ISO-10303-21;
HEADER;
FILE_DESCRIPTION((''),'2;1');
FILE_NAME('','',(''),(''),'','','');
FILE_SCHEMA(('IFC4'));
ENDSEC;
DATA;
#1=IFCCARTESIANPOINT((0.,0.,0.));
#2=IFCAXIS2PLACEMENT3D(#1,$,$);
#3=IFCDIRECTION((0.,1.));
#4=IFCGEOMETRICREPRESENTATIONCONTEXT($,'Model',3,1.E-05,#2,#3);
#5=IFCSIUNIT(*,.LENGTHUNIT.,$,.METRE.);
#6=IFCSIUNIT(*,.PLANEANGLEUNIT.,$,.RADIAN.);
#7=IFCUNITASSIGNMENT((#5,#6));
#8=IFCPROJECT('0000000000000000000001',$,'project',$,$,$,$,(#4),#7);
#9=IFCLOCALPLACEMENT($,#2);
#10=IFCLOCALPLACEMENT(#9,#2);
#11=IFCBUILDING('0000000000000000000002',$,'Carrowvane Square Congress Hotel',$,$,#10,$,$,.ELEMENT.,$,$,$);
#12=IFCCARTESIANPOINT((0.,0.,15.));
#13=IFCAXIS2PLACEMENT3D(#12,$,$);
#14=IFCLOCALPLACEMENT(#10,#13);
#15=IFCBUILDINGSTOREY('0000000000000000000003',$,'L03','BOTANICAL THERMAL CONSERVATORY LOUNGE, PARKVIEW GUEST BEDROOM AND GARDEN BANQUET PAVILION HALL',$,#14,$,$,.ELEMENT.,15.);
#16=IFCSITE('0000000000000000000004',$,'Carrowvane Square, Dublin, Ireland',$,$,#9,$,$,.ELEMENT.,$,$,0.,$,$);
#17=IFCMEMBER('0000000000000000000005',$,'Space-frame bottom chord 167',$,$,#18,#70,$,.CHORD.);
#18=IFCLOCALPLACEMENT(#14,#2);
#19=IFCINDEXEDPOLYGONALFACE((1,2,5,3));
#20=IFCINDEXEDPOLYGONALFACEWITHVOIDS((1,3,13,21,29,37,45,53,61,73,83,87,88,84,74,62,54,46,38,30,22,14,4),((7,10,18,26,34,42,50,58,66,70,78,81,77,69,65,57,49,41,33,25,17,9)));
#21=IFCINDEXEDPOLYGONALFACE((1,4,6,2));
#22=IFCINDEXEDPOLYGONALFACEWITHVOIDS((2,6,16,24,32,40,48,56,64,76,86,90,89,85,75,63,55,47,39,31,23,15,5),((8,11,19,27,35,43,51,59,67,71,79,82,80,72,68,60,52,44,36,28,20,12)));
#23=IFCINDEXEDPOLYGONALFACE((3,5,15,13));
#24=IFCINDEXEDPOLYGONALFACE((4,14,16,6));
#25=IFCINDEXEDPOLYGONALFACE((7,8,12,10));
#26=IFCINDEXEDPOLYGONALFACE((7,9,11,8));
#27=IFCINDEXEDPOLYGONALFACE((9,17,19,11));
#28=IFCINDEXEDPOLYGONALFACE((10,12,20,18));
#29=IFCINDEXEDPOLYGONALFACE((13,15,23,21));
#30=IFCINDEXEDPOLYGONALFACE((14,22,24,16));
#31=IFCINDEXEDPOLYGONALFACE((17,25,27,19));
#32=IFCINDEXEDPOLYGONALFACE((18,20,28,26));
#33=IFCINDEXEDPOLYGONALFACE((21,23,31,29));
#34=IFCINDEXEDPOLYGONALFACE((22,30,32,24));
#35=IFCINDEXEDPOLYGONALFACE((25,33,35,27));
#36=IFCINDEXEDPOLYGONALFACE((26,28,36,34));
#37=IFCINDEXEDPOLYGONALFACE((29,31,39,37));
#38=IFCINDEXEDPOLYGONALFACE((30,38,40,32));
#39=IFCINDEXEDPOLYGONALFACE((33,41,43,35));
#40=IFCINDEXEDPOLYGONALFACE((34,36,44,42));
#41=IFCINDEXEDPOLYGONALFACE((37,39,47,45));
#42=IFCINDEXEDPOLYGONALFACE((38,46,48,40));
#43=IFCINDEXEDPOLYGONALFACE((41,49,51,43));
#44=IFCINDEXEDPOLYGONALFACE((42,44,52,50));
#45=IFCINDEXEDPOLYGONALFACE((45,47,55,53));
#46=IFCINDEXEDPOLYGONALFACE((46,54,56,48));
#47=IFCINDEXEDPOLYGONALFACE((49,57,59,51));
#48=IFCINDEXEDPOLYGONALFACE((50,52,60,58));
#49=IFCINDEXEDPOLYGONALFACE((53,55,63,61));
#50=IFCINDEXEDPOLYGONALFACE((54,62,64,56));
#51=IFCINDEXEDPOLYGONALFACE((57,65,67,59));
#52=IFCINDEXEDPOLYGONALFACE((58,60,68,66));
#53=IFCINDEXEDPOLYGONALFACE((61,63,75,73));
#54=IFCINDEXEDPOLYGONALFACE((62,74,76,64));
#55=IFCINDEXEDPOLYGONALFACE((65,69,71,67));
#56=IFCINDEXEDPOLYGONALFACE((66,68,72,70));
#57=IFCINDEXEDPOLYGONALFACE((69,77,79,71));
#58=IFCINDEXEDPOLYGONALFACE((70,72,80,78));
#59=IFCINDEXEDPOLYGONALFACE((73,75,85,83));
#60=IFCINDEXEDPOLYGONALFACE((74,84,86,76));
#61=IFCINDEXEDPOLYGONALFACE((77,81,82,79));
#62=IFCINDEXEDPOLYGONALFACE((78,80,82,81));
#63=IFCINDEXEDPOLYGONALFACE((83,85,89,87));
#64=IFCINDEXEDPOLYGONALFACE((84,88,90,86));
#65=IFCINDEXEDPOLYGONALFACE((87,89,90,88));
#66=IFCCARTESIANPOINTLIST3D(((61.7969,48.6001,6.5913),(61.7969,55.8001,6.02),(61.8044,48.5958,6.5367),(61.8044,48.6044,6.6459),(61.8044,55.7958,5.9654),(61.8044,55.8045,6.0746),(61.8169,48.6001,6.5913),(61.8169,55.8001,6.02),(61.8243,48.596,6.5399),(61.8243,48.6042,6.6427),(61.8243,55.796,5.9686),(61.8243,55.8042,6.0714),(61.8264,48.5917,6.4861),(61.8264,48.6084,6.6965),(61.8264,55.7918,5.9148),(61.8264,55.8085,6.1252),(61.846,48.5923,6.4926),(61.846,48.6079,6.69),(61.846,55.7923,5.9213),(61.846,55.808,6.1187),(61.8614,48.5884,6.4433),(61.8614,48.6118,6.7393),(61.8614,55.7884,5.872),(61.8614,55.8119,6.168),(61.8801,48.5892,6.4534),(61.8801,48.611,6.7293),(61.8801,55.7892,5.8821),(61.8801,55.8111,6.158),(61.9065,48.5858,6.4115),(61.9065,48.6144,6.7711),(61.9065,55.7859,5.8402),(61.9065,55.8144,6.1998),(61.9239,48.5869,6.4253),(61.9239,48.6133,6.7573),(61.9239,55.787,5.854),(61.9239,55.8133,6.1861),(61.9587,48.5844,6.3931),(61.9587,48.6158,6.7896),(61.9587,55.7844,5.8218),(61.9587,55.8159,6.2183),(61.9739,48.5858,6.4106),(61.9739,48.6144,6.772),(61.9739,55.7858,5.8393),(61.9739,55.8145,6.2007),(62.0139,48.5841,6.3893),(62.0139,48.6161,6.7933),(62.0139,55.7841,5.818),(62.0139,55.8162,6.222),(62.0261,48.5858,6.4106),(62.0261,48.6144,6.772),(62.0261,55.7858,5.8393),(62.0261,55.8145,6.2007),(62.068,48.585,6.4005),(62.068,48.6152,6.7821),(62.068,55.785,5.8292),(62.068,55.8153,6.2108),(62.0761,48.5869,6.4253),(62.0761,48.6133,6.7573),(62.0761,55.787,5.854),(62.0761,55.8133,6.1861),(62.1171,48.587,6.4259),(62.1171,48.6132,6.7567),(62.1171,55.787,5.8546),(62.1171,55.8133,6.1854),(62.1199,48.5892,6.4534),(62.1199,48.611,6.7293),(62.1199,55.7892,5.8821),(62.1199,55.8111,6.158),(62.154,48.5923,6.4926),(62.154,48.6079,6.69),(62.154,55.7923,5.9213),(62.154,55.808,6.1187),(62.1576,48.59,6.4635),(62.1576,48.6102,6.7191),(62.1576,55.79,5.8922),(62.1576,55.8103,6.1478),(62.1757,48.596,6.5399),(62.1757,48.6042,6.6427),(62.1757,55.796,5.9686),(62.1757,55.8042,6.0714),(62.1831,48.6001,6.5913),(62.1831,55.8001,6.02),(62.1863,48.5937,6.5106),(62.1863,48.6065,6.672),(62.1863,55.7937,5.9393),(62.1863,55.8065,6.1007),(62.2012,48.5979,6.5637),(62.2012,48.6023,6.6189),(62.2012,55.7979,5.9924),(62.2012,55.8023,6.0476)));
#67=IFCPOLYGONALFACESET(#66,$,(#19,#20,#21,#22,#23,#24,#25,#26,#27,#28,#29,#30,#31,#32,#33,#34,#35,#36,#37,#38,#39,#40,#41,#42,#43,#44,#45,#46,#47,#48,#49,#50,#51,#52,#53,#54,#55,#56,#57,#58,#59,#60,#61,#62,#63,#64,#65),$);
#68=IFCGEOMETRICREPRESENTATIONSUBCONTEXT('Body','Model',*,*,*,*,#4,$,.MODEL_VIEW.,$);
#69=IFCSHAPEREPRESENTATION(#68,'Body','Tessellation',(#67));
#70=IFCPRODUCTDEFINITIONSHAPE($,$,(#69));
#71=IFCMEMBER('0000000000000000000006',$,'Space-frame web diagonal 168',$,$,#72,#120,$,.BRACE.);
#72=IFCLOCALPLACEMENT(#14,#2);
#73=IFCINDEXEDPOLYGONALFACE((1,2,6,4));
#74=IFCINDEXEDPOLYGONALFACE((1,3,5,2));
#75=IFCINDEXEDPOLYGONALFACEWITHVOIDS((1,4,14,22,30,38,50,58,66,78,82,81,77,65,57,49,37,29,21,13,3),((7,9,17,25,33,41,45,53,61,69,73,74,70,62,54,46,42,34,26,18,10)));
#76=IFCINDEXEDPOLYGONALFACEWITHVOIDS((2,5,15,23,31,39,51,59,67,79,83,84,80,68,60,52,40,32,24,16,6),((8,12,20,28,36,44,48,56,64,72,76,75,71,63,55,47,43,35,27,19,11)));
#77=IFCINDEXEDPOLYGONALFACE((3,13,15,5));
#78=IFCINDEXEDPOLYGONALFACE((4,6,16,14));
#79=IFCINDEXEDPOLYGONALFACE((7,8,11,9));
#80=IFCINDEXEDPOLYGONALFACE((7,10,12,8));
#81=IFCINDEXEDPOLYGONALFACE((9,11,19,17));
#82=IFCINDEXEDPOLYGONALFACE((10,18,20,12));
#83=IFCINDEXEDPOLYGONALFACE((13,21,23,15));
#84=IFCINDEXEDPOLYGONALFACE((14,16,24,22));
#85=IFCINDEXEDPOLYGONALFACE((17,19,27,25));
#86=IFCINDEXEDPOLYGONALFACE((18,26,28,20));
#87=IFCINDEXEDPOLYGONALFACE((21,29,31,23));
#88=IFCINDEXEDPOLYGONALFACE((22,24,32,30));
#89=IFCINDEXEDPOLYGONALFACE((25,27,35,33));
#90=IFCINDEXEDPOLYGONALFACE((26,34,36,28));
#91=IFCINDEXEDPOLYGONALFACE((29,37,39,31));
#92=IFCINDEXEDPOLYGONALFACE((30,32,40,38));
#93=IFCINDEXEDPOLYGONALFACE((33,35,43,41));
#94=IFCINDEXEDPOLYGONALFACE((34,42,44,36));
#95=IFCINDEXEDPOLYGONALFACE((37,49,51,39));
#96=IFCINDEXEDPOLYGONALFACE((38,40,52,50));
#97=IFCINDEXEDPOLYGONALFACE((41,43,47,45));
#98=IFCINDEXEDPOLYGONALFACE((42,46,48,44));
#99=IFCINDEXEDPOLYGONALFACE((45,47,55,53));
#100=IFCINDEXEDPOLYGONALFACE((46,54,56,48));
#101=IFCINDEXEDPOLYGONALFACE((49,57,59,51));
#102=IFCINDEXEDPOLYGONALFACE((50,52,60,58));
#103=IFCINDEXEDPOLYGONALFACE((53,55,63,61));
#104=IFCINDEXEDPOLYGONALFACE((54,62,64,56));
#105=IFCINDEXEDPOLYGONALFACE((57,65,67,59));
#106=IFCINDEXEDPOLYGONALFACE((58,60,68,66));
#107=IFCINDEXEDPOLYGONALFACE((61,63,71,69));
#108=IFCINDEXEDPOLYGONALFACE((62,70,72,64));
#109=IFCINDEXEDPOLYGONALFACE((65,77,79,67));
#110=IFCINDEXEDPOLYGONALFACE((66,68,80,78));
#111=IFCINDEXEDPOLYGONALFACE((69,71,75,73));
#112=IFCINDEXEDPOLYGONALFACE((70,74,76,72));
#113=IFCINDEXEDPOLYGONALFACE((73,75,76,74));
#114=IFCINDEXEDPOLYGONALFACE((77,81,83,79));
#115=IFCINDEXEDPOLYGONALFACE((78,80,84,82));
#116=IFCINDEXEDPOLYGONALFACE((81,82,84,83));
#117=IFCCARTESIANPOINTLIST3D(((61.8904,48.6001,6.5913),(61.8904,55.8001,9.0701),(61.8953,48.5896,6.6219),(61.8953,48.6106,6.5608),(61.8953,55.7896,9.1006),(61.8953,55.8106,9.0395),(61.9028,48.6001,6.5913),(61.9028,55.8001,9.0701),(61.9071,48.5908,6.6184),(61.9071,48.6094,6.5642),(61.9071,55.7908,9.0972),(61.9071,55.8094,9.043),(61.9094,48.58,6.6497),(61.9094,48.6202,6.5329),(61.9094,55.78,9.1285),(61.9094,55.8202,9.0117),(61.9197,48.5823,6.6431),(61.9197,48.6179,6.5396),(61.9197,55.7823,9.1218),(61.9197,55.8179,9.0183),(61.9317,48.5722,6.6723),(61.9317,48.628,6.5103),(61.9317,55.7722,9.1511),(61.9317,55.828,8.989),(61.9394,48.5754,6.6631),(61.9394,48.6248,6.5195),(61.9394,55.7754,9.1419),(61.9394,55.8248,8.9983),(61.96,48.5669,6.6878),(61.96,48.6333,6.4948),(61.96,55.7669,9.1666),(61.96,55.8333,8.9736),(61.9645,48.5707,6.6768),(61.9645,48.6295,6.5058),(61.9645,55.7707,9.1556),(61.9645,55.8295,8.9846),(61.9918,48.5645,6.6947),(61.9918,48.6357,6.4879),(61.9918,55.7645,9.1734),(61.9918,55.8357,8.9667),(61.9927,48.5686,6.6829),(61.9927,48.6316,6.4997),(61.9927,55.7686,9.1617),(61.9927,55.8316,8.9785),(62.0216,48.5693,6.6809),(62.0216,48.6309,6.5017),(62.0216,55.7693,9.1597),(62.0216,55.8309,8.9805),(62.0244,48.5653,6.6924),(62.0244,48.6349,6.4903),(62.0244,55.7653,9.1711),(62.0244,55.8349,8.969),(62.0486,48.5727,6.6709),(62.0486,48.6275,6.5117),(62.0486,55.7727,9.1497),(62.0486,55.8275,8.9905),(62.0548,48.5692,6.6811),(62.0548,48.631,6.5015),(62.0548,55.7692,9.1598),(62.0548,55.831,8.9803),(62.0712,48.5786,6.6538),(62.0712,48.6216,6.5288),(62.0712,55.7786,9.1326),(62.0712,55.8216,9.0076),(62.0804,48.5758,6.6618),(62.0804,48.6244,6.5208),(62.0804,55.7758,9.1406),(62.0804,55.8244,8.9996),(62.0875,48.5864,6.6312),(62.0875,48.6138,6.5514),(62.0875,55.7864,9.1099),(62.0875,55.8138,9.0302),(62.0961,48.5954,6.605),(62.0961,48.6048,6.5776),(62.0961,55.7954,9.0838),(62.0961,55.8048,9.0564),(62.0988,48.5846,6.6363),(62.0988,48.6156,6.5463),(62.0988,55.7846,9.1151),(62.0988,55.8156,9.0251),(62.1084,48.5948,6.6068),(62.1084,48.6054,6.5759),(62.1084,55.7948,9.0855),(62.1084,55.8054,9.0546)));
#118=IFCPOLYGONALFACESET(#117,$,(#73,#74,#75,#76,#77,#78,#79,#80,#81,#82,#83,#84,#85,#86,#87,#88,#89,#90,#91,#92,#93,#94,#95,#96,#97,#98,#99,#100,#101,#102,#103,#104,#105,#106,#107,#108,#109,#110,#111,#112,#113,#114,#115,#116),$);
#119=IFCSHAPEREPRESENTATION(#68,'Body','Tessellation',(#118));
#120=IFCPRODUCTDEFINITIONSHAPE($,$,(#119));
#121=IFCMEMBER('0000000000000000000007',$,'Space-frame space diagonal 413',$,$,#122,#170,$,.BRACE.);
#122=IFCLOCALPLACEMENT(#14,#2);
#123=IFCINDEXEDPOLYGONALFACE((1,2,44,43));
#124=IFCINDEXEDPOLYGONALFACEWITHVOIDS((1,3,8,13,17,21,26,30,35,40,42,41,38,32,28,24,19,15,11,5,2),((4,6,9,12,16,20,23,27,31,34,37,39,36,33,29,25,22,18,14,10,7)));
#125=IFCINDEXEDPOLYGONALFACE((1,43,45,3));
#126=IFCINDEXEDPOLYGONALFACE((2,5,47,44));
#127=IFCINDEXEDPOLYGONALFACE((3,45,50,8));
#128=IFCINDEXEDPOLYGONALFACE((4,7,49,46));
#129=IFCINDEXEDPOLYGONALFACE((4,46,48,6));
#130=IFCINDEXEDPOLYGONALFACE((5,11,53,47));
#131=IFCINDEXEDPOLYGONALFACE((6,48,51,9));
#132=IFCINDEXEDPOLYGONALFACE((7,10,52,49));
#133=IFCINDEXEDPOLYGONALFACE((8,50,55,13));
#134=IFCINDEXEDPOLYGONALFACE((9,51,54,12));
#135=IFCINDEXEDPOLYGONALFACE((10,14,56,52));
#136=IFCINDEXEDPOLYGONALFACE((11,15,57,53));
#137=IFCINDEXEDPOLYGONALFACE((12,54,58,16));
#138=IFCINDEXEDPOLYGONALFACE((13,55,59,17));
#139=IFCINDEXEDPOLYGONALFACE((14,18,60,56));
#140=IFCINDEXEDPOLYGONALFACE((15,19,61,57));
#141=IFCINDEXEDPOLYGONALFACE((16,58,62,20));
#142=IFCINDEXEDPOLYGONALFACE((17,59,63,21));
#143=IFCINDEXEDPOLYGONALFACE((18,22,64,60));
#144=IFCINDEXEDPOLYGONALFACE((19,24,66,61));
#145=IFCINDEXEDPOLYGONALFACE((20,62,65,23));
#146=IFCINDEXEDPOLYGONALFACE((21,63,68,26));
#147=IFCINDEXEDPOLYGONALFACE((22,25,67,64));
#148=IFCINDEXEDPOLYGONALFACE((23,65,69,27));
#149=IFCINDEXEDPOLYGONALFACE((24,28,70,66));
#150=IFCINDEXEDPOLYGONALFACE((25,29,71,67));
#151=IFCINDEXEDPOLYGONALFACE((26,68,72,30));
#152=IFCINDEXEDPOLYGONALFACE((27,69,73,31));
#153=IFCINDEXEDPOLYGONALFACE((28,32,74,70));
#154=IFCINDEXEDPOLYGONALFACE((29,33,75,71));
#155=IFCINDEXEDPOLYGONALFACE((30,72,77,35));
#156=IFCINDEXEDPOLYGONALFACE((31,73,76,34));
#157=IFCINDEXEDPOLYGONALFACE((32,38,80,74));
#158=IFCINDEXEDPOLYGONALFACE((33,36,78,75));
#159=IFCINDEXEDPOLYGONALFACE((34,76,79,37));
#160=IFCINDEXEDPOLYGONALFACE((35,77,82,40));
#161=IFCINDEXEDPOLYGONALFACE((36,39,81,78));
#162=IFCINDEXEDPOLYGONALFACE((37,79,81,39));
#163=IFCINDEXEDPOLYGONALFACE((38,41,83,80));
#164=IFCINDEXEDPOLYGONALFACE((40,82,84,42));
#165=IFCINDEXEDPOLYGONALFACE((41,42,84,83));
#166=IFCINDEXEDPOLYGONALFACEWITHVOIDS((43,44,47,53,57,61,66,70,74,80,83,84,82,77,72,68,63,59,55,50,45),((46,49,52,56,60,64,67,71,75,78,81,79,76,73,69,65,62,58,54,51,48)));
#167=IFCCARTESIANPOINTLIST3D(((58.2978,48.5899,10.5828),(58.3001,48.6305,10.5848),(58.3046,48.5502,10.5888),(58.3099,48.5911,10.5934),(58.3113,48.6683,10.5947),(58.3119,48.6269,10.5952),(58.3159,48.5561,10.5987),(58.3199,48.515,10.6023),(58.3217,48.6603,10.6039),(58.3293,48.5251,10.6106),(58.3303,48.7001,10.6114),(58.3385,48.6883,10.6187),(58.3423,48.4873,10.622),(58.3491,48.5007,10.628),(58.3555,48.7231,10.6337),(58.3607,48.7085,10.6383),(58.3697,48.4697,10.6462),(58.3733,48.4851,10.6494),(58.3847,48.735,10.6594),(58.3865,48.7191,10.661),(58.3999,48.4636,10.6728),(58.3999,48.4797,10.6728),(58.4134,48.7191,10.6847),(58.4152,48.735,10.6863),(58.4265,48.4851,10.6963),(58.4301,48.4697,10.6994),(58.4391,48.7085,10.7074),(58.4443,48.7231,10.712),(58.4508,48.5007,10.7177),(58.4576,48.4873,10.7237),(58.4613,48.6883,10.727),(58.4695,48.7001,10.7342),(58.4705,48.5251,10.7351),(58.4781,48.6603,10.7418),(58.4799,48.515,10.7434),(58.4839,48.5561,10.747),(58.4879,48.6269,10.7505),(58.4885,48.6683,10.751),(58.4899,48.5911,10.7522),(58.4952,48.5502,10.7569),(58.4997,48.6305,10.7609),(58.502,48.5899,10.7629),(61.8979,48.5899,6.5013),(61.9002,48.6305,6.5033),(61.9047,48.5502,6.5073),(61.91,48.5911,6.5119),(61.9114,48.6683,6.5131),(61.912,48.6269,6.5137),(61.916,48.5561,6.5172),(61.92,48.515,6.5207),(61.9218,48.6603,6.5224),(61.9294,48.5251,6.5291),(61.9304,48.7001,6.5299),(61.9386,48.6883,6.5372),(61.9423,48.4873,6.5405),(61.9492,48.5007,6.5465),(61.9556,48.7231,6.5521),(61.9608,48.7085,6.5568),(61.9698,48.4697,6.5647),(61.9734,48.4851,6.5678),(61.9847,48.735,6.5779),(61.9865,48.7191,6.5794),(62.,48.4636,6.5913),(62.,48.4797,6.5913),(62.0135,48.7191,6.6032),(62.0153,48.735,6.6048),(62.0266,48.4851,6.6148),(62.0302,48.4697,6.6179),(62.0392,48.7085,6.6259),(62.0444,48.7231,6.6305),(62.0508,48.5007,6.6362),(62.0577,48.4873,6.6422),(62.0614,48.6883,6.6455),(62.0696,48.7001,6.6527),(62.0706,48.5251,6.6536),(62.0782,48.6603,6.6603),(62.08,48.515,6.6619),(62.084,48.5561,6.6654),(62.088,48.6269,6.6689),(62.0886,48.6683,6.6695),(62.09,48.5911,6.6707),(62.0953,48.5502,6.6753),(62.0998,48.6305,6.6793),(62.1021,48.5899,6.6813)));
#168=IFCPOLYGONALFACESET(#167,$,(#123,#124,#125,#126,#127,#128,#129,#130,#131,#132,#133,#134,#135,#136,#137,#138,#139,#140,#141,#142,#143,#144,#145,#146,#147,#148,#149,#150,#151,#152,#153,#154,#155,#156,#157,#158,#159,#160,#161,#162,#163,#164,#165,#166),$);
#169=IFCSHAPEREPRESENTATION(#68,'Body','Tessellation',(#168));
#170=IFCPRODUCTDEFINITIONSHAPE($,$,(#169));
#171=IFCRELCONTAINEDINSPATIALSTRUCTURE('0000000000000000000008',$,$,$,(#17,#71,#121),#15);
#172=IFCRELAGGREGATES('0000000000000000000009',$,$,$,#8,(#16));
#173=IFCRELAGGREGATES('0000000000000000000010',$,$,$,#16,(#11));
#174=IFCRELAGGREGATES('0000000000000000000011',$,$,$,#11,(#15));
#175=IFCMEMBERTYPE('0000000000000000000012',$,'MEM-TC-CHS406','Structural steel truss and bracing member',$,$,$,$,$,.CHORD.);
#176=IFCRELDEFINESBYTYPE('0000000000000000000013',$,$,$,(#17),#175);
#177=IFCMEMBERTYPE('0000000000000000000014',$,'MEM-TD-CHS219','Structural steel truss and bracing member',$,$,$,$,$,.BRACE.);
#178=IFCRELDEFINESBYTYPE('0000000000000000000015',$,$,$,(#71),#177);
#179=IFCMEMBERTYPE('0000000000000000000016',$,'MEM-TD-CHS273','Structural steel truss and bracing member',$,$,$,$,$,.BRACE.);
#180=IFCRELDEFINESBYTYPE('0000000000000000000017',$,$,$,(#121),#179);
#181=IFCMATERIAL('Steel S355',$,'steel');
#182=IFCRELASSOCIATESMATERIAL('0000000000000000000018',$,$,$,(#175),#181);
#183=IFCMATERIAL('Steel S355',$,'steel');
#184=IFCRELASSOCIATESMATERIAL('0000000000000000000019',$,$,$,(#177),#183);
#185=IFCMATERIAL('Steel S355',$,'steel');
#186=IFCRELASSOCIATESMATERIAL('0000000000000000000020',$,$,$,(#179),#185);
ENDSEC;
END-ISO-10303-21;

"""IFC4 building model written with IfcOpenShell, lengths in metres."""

from ifc_helpers import new_model, si_unit, direction, frame, origin, origin_2d, place, context, subcontext, project, spatial, hollow_circle, extrude, material, material_profile, profile_set, type_object, element, save


model = new_model("IFC4")

# Units and contexts
model_context = context("Model", 3, precision=1e-05, world=origin(), true_north=direction((0.0, 1.0)))
body_context = subcontext(model_context, "Body", "Model", "MODEL_VIEW")
ifc_project = project(units=[si_unit("LENGTHUNIT", "METRE"), si_unit("PLANEANGLEUNIT", "RADIAN")], contexts=[model_context])

# Site, building, storey
site_placement = place(None, origin())
site = spatial("IfcSite", under=ifc_project, at=site_placement, Name="Carrowvane Square, Dublin, Ireland", CompositionType="ELEMENT", RefElevation=0.0)
building_placement = place(site_placement, origin())
building = spatial("IfcBuilding", under=site, at=building_placement, Name="Carrowvane Square Congress Hotel", CompositionType="ELEMENT")
storey_placement = place(building_placement, frame((0.0, 0.0, 15.0)))
storey = spatial("IfcBuildingStorey", under=building, at=storey_placement, Name="L03", Description="BOTANICAL THERMAL CONSERVATORY LOUNGE, PARKVIEW GUEST BEDROOM AND GARDEN BANQUET PAVILION HALL", CompositionType="ELEMENT", Elevation=15.0)

# Members
ifc_material_1 = material(Name="Steel S355", Category="steel")
ifc_material_profile_1 = material_profile(ifc_material_1, hollow_circle(Radius=0.2031, WallThickness=0.02, at=origin_2d()), Name="CHS 406.4x20")
ifc_profile_set_1 = profile_set([ifc_material_profile_1], Name="Steel S355")
member_type_1 = type_object("IfcMemberType", Name="MEM-TC-CHS406", Description="Structural steel truss and bracing member", PredefinedType="CHORD", material=ifc_profile_set_1)
member_1_placement = place(storey_placement, frame((62.0, 48.6001, 6.5913), z_axis=(0.0, 0.996867, -0.079098), x_axis=(-1.0, 0.0, 0.0)))
element("IfcMember", 1, at=member_1_placement, inside=storey, type_object=member_type_1, Name="Space-frame bottom chord 167", PredefinedType="CHORD", context=body_context, shape_type="SweptSolid", body=[
    extrude(hollow_circle(Radius=0.2031, WallThickness=0.02, at=origin_2d()), origin(), (0.0, 0.0, 1.0), 7.2227),
])
ifc_material_2 = material(Name="Steel S355", Category="steel")
ifc_material_profile_2 = material_profile(ifc_material_2, hollow_circle(Radius=0.1096, WallThickness=0.0125, at=origin_2d()), Name="CHS 219.1x12.5")
ifc_profile_set_2 = profile_set([ifc_material_profile_2], Name="Steel S355")
member_type_2 = type_object("IfcMemberType", Name="MEM-TD-CHS219", Description="Structural steel truss and bracing member", PredefinedType="BRACE", material=ifc_profile_set_2)
member_2_placement = place(storey_placement, frame((62.0, 48.6001, 6.5913), z_axis=(0.0, 0.945534, 0.325523), x_axis=(-1.0, 0.0, 0.0)))
element("IfcMember", 2, at=member_2_placement, inside=storey, type_object=member_type_2, Name="Space-frame web diagonal 168", PredefinedType="BRACE", context=body_context, shape_type="SweptSolid", body=[
    extrude(hollow_circle(Radius=0.1096, WallThickness=0.0125, at=origin_2d()), origin(), (0.0, 0.0, 1.0), 7.6147),
])
ifc_material_3 = material(Name="Steel S355", Category="steel")
ifc_material_profile_3 = material_profile(ifc_material_3, hollow_circle(Radius=0.1365, WallThickness=0.0161, at=origin_2d()), Name="CHS 273.0x16")
ifc_profile_set_3 = profile_set([ifc_material_profile_3], Name="Steel S355")
member_type_3 = type_object("IfcMemberType", Name="MEM-TD-CHS273", Description="Structural steel truss and bracing member", PredefinedType="BRACE", material=ifc_profile_set_3)
member_3_placement = place(storey_placement, frame((62.0, 48.6001, 6.5913), z_axis=(-0.661491, 0.0, 0.749953), x_axis=(0.0, -1.0, 0.0)))
element("IfcMember", 3, at=member_3_placement, inside=storey, type_object=member_type_3, Name="Space-frame space diagonal 413", PredefinedType="BRACE", context=body_context, shape_type="SweptSolid", body=[
    extrude(hollow_circle(Radius=0.1365, WallThickness=0.0161, at=origin_2d()), origin(), (0.0, 0.0, 1.0), 5.4424),
])

save(model, "model.ifc")
